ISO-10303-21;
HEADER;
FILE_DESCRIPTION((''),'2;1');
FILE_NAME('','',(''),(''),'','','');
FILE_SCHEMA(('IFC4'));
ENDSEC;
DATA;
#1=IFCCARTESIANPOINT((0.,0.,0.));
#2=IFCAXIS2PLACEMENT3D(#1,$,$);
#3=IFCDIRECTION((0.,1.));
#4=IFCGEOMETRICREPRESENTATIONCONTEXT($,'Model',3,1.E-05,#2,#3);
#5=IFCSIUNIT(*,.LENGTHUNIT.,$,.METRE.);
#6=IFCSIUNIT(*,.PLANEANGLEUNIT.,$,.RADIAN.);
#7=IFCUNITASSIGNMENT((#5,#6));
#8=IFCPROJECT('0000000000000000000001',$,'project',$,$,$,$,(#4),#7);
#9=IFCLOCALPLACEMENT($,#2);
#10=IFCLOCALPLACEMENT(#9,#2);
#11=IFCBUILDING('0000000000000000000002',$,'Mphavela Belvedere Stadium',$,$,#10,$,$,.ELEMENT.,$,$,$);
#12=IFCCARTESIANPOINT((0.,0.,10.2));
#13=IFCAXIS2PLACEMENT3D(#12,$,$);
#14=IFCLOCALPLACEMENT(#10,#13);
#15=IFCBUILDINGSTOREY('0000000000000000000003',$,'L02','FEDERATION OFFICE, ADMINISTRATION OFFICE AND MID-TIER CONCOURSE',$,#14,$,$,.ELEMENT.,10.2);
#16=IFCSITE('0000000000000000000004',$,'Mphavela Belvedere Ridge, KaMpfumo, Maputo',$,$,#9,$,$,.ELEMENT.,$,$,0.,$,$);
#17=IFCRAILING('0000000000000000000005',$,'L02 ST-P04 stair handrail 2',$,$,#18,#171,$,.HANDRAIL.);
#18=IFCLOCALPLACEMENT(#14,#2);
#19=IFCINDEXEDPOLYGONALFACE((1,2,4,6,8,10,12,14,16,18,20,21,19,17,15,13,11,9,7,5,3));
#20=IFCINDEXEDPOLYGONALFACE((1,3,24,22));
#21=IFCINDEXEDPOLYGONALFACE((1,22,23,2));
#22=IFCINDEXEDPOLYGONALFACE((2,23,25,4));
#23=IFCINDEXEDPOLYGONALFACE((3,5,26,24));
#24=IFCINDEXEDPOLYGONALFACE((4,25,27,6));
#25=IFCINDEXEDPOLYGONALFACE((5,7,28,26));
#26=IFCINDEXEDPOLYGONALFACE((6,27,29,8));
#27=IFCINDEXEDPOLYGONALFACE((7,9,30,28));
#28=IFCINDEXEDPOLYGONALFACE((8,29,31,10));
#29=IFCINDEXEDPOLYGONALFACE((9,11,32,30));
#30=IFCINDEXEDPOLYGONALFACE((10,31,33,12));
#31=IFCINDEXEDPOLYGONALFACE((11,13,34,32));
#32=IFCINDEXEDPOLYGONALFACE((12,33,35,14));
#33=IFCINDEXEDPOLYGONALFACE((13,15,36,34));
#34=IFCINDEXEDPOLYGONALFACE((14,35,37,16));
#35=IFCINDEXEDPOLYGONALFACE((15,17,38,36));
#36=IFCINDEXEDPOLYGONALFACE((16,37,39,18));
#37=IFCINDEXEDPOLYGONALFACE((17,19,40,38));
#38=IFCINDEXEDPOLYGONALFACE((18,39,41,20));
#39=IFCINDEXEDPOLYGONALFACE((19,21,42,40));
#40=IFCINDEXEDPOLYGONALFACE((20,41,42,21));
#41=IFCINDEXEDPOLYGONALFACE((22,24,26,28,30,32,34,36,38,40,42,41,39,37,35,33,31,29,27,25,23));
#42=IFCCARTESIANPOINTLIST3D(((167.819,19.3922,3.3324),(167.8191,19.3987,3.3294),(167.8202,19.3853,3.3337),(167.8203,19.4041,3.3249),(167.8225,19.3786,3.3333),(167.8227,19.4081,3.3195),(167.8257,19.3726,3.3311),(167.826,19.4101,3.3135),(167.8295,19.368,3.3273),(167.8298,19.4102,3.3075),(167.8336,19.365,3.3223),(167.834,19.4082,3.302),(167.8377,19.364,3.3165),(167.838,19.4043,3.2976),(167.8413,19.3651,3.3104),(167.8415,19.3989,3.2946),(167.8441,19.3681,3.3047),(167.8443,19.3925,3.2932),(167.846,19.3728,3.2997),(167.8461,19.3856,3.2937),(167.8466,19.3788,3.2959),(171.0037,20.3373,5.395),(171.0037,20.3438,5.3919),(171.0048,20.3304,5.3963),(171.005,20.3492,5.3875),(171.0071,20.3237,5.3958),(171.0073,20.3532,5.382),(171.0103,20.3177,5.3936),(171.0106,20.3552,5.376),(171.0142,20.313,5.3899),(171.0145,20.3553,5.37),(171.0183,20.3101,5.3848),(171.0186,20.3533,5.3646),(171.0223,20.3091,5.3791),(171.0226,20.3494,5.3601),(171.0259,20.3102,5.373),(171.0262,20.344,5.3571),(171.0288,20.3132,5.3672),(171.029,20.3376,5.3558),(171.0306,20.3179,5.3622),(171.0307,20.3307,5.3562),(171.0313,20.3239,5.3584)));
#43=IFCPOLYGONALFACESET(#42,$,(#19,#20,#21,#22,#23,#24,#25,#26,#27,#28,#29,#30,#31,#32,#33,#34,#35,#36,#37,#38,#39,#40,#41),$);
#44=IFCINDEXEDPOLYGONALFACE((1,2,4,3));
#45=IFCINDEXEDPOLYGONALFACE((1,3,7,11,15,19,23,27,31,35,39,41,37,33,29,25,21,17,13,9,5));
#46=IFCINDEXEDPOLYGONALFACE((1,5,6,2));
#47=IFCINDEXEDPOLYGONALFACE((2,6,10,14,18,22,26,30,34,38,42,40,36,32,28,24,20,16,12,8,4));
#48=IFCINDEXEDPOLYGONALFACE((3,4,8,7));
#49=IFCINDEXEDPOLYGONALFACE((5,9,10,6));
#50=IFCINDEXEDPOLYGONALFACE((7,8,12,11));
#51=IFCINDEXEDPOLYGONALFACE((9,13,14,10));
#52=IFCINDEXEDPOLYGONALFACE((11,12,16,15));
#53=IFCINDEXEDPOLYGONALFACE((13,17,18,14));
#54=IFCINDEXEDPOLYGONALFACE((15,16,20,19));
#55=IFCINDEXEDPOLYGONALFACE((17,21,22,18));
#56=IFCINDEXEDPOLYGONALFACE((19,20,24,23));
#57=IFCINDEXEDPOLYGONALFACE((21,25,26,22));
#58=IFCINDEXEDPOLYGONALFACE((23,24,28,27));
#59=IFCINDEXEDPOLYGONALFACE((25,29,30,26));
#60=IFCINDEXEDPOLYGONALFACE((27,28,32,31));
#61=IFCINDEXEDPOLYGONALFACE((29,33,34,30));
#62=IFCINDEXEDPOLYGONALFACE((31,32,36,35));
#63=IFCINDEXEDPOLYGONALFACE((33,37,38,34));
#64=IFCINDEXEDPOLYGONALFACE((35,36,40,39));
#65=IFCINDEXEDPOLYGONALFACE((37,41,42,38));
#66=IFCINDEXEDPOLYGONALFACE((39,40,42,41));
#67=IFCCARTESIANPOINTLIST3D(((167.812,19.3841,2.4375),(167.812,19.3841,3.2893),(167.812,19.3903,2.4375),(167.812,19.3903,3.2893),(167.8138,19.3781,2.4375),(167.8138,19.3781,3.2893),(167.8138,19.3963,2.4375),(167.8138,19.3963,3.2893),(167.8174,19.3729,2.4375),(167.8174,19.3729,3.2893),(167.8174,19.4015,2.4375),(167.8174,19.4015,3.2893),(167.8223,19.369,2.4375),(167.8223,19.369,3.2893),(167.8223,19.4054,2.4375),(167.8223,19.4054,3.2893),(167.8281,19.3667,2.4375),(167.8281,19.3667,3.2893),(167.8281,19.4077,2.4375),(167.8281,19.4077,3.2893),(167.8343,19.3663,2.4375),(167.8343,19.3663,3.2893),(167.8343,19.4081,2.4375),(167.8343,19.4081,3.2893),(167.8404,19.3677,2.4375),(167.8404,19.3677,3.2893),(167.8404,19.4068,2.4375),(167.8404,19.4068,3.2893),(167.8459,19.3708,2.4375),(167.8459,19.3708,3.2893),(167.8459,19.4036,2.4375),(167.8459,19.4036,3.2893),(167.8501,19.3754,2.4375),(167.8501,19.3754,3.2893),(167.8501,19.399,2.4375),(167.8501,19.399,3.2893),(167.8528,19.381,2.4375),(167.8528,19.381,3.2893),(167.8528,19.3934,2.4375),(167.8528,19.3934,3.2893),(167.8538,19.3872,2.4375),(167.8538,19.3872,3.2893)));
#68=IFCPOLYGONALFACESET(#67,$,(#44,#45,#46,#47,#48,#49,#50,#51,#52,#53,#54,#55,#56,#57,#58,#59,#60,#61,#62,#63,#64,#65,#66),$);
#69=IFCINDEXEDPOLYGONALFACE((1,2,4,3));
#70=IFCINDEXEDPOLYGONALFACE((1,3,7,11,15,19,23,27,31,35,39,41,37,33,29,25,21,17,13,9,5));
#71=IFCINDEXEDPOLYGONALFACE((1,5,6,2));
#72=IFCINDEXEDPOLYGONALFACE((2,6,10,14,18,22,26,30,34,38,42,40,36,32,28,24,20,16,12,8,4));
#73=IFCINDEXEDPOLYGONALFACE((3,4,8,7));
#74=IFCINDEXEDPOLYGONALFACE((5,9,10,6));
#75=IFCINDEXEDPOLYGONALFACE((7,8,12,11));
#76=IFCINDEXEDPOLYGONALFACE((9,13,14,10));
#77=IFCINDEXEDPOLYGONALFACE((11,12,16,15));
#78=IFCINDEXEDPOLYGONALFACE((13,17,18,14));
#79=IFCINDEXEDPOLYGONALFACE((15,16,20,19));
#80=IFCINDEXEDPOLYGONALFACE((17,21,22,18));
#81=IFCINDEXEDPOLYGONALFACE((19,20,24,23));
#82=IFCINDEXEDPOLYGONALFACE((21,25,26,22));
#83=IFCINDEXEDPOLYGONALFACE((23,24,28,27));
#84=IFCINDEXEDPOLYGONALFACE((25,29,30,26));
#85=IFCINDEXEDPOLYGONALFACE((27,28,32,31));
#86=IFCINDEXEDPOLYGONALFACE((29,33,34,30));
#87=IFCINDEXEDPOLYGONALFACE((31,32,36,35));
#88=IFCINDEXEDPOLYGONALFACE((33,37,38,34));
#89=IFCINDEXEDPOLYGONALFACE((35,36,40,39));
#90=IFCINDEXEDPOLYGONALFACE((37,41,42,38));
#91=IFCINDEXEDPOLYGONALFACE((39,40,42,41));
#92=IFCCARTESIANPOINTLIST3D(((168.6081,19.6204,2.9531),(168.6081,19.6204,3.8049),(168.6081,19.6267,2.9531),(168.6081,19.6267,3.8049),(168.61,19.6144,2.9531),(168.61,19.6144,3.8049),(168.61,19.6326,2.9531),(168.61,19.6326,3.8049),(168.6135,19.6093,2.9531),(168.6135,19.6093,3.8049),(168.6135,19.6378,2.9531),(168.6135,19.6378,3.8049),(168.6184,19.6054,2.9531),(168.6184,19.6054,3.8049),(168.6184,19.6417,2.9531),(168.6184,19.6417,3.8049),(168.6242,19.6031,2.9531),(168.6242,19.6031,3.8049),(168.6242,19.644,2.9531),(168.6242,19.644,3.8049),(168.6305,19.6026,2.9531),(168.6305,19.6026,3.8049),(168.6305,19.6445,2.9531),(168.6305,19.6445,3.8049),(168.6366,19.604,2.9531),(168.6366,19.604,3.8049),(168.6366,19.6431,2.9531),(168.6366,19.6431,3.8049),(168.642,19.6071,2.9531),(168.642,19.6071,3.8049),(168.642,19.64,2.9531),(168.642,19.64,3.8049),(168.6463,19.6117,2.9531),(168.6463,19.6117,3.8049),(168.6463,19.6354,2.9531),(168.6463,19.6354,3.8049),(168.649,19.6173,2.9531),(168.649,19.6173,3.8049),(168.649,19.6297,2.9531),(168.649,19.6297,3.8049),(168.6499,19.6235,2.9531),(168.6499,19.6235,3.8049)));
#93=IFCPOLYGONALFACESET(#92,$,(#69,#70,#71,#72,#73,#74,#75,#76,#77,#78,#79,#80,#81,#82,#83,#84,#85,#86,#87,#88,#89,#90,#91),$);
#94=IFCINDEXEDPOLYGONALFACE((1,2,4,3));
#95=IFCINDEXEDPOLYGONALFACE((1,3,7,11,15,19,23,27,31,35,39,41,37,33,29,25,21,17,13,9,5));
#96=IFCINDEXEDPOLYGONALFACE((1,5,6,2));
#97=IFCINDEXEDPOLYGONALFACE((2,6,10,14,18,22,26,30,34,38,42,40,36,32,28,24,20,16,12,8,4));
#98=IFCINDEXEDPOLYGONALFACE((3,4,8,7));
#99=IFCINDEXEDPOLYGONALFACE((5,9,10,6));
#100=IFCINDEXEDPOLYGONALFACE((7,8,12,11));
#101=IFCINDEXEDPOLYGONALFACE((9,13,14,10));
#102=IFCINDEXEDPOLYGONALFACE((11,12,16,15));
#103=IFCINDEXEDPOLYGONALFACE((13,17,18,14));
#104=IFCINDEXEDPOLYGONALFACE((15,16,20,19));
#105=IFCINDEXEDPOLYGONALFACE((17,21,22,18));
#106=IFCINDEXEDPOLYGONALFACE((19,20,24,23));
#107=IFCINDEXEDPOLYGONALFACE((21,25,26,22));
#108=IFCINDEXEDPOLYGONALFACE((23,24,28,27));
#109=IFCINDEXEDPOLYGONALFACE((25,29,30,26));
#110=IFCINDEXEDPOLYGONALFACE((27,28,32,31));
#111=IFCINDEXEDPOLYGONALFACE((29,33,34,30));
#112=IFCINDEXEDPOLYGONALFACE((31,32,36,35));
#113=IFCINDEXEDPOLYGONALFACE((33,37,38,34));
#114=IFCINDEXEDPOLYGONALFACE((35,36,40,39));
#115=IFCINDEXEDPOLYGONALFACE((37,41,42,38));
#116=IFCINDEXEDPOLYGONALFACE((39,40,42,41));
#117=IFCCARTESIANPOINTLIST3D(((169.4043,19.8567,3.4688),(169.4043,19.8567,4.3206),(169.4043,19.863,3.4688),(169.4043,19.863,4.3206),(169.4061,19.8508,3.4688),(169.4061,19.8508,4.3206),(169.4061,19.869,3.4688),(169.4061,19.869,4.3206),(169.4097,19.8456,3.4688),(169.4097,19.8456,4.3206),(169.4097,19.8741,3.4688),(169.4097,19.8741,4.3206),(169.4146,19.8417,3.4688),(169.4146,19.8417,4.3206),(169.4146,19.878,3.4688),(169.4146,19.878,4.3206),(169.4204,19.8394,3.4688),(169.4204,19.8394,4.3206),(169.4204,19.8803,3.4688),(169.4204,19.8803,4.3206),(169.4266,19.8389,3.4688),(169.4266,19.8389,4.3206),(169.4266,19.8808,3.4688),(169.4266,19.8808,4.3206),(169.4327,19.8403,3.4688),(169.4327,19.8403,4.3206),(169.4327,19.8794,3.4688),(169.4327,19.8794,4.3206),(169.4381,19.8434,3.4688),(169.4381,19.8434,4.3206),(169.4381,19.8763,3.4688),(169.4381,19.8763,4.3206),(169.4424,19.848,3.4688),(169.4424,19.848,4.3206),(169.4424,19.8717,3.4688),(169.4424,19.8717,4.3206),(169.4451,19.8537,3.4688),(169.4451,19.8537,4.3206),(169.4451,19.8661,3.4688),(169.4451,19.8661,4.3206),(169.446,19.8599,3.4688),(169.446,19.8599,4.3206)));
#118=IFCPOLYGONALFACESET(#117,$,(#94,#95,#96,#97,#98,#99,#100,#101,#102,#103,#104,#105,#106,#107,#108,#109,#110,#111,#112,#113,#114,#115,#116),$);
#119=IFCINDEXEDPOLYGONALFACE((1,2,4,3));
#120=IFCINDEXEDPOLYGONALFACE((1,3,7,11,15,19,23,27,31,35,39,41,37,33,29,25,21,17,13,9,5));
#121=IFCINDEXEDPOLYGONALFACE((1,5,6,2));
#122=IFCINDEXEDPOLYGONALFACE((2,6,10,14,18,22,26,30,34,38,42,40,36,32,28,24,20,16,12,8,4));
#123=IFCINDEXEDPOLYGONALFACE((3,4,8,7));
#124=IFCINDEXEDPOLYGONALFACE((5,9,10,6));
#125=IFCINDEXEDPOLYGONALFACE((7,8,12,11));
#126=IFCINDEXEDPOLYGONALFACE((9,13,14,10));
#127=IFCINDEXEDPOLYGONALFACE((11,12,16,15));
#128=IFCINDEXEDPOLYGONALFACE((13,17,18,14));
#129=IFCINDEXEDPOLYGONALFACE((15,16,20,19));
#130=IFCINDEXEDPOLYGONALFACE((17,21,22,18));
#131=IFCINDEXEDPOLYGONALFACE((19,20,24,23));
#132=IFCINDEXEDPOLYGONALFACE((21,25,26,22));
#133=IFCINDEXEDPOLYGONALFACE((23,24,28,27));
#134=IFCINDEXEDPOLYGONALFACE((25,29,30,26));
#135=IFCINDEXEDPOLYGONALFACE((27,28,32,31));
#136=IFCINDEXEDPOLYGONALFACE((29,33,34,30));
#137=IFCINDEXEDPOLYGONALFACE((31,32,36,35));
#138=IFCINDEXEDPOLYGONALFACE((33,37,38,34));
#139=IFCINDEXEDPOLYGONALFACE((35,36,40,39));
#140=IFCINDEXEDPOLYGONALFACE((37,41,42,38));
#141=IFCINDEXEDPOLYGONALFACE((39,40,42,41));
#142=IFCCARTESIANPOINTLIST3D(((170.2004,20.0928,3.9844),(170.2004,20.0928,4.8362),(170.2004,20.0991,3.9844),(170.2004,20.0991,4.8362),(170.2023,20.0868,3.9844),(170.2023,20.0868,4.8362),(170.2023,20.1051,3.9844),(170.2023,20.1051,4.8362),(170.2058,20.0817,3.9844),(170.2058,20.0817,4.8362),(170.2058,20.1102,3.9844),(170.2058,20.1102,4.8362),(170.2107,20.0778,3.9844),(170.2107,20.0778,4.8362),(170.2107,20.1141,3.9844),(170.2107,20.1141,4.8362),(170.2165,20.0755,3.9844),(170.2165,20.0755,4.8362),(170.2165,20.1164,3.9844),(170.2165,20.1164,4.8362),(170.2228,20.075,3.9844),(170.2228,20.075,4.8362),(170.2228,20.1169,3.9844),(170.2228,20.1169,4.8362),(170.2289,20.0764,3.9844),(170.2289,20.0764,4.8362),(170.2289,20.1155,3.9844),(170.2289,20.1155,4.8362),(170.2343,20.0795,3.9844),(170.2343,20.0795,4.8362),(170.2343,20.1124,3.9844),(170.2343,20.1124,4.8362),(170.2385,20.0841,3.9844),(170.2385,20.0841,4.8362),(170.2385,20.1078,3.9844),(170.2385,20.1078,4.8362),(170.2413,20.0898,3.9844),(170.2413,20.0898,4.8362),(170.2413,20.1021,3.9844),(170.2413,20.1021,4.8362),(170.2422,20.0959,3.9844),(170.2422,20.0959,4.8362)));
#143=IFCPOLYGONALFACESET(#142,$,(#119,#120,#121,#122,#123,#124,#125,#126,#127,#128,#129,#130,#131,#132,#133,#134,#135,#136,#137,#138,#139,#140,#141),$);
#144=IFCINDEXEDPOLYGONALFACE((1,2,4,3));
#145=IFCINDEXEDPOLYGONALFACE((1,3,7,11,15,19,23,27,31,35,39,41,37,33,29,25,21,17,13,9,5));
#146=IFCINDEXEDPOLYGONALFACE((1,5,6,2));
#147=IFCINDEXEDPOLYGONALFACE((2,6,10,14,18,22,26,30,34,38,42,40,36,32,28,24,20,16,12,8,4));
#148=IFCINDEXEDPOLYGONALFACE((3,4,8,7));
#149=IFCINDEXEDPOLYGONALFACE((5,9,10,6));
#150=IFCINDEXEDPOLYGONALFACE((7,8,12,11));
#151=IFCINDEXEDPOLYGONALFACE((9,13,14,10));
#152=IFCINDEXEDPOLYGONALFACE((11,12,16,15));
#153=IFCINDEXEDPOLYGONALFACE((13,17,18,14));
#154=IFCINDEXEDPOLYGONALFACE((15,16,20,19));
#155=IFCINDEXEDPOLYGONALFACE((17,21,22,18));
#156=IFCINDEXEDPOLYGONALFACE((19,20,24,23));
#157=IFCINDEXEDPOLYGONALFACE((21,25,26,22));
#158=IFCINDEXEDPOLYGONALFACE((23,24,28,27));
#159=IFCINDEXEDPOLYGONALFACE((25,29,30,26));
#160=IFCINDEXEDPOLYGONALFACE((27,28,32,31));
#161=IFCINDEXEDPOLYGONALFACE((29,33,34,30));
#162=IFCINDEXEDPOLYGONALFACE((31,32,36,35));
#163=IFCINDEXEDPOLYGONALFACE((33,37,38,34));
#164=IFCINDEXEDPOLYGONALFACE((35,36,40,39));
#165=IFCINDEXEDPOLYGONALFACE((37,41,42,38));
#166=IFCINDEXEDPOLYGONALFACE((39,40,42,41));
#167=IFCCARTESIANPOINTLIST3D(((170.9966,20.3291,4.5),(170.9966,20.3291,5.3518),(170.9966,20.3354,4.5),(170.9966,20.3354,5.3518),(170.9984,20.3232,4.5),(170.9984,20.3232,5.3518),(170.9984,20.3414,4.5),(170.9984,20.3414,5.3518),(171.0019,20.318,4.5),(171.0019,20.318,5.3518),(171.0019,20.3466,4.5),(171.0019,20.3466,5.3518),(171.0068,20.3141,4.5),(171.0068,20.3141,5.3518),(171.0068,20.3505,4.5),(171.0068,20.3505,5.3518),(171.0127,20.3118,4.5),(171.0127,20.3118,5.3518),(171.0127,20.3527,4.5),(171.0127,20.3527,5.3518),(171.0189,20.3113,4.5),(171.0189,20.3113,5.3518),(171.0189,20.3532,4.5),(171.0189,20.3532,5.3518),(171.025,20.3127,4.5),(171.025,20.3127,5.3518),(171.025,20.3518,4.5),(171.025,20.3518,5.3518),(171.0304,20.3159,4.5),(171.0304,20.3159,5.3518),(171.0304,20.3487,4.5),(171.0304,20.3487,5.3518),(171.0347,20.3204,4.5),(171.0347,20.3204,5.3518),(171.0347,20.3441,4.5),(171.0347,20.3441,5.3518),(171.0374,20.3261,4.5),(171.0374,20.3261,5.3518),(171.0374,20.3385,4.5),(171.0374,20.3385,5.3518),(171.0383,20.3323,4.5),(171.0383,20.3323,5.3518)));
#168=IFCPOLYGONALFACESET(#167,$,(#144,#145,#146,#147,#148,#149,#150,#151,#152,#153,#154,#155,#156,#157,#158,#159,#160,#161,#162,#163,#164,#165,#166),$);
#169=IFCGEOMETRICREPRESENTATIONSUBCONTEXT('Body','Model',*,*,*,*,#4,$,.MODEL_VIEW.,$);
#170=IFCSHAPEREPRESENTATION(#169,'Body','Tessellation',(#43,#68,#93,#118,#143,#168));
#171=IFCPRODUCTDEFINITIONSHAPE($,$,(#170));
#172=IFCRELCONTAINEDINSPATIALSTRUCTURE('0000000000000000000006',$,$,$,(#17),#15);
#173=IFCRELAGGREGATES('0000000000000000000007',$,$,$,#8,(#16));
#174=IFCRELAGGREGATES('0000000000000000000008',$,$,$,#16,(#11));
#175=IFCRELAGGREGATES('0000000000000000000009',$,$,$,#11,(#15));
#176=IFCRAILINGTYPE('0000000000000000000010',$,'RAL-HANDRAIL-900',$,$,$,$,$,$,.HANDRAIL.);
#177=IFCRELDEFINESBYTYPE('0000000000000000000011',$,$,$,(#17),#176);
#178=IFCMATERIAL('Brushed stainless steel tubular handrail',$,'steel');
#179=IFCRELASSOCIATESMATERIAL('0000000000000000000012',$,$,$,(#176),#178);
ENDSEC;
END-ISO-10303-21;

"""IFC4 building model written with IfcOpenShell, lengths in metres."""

from ifc_helpers import new_model, si_unit, direction, frame, origin, origin_2d, place, context, subcontext, project, spatial, circle, extrude, material, type_object, element, save


model = new_model("IFC4")

# Units and contexts
model_context = context("Model", 3, precision=1e-05, world=origin(), true_north=direction((0.0, 1.0)))
body_context = subcontext(model_context, "Body", "Model", "MODEL_VIEW")
ifc_project = project(units=[si_unit("LENGTHUNIT", "METRE"), si_unit("PLANEANGLEUNIT", "RADIAN")], contexts=[model_context])

# Site, building, storey
site_placement = place(None, origin())
site = spatial("IfcSite", under=ifc_project, at=site_placement, Name="Mphavela Belvedere Ridge, KaMpfumo, Maputo", CompositionType="ELEMENT", RefElevation=0.0)
building_placement = place(site_placement, origin())
building = spatial("IfcBuilding", under=site, at=building_placement, Name="Mphavela Belvedere Stadium", CompositionType="ELEMENT")
storey_placement = place(building_placement, frame((0.0, 0.0, 10.2)))
storey = spatial("IfcBuildingStorey", under=building, at=storey_placement, Name="L02", Description="FEDERATION OFFICE, ADMINISTRATION OFFICE AND MID-TIER CONCOURSE", CompositionType="ELEMENT", Elevation=10.2)

# Railing
ifc_material_1 = material(Name="Brushed stainless steel tubular handrail", Category="steel")
railing_type_1 = type_object("IfcRailingType", Name="RAL-HANDRAIL-900", PredefinedType="HANDRAIL", material=ifc_material_1)
railing_1_placement = place(storey_placement, frame((167.8328, 19.3872, 2.4375)))
element("IfcRailing", 1, at=railing_1_placement, inside=storey, type_object=railing_type_1, Name="L02 ST-P04 stair handrail 2", PredefinedType="HANDRAIL", context=body_context, shape_type="SweptSolid", body=[
    extrude(circle(Radius=0.0239, at=origin_2d()), frame((0.0, 0.0, 0.876), z_axis=(0.814456, 0.241702, 0.527486), x_axis=(-0.284501, 0.958676, 0.0)), (0.0, 0.0, 1.0), 3.9102),
    extrude(circle(Radius=0.021, at=origin_2d()), origin(), (0.0, 0.0, 1.0), 0.8518),
    extrude(circle(Radius=0.021, at=origin_2d()), frame((0.7961, 0.2363, 0.5156)), (0.0, 0.0, 1.0), 0.8518),
    extrude(circle(Radius=0.021, at=origin_2d()), frame((1.5923, 0.4727, 1.0312)), (0.0, 0.0, 1.0), 0.8518),
    extrude(circle(Radius=0.021, at=origin_2d()), frame((2.3884, 0.7087, 1.5469)), (0.0, 0.0, 1.0), 0.8518),
    extrude(circle(Radius=0.021, at=origin_2d()), frame((3.1846, 0.9451, 2.0625)), (0.0, 0.0, 1.0), 0.8518),
])

save(model, "model.ifc")
